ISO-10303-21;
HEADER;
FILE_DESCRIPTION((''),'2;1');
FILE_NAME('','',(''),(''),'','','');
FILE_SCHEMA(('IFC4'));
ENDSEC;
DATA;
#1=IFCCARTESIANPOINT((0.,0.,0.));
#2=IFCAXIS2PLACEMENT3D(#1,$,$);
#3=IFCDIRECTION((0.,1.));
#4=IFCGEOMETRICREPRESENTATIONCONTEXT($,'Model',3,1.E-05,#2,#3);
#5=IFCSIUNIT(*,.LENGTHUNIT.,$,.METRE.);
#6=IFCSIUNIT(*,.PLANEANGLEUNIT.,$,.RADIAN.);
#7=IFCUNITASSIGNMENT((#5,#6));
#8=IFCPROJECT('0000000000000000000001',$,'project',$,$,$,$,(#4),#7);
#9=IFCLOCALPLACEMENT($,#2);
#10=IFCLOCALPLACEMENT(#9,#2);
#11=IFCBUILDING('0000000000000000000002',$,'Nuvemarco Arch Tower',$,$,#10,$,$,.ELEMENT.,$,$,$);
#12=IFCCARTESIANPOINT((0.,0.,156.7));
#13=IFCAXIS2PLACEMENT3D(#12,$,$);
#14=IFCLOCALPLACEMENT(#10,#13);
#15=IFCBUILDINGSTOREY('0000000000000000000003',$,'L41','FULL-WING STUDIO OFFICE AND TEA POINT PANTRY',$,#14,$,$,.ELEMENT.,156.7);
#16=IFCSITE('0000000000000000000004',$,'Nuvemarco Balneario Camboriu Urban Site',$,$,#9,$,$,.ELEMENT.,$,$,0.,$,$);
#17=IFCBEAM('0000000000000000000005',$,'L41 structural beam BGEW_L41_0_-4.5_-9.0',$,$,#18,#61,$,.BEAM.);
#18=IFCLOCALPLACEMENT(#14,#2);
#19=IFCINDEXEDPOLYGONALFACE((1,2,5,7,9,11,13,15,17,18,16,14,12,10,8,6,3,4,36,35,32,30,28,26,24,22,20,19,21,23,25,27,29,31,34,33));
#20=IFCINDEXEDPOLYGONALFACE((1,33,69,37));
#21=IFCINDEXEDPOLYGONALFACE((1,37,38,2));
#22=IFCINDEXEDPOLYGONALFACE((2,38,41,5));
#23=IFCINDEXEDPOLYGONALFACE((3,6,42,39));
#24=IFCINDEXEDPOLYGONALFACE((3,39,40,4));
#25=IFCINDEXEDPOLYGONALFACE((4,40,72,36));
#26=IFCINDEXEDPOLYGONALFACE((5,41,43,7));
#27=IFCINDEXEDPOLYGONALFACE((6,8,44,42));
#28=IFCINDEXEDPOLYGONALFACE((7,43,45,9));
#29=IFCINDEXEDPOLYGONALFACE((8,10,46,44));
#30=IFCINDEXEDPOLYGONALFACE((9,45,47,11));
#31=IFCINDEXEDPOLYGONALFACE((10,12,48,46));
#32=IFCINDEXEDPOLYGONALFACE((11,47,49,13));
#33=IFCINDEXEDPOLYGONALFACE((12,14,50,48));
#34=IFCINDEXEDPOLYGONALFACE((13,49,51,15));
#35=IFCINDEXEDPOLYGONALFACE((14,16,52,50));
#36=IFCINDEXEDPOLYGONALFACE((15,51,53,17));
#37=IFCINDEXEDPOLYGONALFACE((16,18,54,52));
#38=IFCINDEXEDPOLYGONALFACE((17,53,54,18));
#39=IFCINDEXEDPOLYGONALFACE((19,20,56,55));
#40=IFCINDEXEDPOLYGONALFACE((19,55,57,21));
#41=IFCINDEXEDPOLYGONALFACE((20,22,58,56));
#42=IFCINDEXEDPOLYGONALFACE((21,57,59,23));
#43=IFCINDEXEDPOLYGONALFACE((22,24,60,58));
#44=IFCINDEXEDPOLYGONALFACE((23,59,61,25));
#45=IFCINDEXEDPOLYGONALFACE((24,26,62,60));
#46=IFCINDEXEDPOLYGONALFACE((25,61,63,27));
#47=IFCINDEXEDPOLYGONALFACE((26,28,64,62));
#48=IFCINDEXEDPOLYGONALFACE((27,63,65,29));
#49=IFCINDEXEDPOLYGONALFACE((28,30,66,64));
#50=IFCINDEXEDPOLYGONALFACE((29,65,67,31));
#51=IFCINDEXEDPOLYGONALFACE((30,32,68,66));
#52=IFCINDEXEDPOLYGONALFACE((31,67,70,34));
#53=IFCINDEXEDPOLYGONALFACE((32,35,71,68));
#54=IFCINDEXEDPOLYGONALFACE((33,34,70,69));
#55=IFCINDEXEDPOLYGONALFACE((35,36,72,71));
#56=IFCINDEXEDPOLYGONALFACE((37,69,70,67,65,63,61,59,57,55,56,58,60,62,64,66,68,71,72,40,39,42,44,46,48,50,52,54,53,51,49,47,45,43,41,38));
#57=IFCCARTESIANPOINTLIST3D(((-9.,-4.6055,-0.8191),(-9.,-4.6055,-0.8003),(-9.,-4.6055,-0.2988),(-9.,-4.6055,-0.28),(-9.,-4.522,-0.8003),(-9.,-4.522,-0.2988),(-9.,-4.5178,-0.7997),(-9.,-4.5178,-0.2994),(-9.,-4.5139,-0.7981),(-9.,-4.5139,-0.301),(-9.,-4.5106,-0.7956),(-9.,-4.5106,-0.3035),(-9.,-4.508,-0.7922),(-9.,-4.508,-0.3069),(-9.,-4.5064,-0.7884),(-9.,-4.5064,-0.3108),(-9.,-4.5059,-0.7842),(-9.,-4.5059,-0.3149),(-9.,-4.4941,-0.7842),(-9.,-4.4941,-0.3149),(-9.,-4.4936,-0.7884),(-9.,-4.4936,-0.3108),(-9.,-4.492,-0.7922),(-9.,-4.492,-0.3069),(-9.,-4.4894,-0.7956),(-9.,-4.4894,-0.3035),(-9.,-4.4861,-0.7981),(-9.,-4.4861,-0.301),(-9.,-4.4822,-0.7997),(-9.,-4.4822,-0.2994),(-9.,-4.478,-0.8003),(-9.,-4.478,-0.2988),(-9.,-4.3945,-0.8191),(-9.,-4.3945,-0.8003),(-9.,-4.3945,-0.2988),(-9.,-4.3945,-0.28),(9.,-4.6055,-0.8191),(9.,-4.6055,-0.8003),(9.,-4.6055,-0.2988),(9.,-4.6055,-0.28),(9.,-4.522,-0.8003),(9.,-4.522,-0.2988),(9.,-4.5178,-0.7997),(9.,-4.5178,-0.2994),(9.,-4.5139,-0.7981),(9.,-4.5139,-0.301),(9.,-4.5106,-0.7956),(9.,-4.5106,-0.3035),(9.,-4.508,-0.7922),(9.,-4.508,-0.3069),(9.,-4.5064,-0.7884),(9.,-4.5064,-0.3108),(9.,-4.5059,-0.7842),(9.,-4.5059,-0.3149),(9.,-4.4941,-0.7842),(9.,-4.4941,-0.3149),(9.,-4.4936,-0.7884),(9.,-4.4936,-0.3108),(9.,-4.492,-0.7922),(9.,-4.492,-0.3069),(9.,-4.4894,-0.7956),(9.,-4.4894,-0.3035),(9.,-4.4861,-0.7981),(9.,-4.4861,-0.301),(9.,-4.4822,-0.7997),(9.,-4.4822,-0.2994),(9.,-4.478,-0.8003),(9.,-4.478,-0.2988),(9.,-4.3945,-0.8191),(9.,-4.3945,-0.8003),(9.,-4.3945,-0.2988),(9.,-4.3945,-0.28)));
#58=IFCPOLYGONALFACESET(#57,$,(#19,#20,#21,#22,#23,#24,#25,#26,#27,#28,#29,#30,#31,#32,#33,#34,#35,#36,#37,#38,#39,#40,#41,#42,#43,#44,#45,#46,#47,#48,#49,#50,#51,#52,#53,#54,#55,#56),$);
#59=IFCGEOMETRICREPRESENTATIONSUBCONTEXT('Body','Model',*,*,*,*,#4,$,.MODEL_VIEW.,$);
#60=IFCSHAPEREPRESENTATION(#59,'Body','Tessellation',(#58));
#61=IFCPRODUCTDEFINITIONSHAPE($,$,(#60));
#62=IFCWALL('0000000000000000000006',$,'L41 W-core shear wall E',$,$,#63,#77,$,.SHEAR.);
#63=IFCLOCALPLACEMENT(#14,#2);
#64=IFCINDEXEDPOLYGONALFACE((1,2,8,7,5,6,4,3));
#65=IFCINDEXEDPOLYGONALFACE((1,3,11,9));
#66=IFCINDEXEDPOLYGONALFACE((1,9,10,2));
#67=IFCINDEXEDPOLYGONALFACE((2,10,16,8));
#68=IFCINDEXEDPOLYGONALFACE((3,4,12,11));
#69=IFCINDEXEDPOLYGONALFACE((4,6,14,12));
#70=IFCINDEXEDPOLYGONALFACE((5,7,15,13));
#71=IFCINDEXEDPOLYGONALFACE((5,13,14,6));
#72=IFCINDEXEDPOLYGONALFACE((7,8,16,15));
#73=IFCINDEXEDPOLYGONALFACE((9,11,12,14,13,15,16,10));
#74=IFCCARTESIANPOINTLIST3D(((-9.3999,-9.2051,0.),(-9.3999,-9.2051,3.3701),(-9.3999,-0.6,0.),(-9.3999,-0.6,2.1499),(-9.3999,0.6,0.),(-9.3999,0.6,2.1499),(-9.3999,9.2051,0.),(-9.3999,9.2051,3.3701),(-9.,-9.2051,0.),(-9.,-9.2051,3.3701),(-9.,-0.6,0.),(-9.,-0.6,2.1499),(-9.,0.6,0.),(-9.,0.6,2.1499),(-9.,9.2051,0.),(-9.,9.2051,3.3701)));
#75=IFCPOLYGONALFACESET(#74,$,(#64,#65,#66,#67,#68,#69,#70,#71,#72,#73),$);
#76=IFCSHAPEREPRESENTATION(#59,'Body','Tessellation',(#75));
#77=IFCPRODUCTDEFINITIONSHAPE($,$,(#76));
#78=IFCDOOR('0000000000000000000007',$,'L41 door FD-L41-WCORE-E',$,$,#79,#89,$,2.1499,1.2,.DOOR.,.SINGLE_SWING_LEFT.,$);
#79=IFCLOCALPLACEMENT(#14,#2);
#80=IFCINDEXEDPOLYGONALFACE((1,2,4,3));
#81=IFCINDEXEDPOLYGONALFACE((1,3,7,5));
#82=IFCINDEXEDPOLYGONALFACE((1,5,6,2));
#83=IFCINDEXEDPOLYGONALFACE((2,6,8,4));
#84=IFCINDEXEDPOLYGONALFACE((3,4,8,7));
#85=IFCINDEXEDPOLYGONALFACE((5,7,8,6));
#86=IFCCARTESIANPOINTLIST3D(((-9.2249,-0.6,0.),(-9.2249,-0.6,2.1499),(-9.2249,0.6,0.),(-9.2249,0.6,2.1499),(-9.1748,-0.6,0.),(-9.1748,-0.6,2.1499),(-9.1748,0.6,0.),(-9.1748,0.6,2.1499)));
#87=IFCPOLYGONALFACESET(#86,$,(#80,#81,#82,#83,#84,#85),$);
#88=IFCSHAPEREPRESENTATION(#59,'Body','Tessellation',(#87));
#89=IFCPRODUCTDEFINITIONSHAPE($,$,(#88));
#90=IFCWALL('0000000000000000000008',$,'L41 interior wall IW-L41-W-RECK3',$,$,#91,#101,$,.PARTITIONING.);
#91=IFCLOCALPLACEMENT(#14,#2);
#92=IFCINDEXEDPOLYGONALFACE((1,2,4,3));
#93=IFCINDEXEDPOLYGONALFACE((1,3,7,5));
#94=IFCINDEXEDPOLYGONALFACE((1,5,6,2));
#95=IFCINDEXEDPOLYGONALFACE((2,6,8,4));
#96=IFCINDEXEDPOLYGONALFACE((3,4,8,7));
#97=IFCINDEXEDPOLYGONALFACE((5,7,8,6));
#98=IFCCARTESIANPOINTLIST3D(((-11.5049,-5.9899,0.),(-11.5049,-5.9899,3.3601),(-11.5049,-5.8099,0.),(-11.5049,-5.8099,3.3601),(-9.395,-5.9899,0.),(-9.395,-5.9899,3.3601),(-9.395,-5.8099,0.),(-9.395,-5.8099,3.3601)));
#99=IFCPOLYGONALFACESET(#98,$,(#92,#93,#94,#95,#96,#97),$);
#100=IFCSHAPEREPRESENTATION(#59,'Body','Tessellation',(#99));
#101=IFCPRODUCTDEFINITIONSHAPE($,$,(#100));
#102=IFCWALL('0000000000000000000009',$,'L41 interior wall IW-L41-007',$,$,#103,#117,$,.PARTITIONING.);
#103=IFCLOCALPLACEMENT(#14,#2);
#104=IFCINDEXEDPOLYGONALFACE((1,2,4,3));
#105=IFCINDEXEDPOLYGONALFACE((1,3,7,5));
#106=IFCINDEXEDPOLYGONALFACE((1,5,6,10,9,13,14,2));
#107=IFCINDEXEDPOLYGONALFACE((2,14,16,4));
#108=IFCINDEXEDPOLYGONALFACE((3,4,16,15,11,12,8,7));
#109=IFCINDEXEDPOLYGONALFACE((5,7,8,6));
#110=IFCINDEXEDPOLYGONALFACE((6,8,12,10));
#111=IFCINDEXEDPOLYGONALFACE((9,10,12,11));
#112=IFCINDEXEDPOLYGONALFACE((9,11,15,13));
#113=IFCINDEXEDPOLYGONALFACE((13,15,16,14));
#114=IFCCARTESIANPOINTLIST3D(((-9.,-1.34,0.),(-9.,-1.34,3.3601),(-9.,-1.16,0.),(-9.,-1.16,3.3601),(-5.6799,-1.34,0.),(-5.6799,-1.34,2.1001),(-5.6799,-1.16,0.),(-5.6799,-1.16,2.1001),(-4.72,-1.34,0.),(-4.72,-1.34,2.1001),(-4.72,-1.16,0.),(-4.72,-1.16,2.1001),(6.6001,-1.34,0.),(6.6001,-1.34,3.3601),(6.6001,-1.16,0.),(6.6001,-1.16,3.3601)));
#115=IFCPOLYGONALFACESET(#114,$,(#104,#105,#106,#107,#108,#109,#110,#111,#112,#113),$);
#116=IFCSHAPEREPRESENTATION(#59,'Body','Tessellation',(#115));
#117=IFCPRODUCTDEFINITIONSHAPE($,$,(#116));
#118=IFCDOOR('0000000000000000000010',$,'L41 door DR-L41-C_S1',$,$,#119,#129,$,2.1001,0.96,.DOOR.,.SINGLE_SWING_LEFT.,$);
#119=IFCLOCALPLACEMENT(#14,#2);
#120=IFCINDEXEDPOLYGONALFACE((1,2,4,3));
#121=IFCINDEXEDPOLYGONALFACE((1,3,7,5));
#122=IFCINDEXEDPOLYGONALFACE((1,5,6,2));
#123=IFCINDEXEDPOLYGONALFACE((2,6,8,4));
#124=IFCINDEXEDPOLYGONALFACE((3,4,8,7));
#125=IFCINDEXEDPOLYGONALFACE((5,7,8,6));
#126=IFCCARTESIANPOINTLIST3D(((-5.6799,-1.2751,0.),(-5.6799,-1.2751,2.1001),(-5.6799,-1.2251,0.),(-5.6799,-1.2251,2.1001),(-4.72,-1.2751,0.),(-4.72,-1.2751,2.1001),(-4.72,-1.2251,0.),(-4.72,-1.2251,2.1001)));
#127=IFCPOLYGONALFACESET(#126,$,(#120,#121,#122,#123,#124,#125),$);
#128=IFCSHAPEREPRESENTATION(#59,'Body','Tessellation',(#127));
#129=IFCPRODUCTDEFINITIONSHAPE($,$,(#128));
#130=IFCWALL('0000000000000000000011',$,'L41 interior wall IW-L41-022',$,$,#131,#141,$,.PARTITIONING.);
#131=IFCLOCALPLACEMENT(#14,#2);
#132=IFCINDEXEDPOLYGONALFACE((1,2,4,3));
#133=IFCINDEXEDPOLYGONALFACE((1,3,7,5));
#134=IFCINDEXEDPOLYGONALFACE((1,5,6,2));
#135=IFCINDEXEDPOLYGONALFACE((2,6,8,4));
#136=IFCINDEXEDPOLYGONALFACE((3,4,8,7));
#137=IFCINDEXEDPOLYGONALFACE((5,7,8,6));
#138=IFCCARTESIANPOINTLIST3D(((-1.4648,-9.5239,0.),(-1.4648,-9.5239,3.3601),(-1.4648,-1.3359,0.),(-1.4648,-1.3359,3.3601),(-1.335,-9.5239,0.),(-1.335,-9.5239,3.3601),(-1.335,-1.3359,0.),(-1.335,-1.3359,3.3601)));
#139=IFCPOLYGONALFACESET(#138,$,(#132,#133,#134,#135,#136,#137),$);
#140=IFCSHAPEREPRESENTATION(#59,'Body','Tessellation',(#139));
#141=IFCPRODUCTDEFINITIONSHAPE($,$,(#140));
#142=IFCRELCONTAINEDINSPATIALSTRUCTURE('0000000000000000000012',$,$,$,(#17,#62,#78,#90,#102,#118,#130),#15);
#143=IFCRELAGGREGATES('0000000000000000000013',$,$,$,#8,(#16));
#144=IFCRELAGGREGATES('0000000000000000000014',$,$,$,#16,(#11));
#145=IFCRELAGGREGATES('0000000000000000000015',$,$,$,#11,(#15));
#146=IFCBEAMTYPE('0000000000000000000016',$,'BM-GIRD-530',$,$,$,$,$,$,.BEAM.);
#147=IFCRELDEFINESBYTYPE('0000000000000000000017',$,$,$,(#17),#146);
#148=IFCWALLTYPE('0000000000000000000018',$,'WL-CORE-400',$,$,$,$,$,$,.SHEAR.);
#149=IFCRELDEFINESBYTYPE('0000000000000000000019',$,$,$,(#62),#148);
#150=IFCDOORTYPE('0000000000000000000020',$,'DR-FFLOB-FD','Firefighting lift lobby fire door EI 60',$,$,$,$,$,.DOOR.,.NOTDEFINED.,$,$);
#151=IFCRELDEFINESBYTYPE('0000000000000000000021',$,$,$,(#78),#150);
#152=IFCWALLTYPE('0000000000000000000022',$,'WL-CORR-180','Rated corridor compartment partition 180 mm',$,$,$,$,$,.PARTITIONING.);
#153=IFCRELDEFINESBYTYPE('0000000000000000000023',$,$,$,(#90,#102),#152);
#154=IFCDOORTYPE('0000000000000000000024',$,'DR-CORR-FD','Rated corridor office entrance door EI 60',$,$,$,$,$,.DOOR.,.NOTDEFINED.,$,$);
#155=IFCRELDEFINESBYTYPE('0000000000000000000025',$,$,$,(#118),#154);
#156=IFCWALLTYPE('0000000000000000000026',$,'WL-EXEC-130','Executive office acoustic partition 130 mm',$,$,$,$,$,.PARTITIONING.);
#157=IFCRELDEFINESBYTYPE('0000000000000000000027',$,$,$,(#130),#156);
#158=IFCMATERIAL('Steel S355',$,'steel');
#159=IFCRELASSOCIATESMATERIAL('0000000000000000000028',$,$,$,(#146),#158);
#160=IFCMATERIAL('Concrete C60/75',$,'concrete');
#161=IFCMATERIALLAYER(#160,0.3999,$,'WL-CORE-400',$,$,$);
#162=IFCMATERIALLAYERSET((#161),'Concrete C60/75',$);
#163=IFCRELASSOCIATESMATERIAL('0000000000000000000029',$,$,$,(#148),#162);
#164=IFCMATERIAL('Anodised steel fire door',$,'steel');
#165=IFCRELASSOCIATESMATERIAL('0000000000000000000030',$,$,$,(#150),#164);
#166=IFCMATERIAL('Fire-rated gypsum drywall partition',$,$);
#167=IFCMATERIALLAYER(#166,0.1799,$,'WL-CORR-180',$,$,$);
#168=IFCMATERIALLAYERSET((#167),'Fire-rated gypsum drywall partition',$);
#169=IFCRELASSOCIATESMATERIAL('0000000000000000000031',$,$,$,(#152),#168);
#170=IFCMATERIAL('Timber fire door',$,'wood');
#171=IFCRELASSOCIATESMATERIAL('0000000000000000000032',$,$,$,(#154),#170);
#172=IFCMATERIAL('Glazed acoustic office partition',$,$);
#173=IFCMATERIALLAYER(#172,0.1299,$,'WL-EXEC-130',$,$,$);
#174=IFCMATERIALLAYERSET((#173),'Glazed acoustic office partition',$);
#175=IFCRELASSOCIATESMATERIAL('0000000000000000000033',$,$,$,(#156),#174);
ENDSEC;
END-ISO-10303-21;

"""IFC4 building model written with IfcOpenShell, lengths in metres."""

from ifc_helpers import new_model, si_unit, direction, frame, frame_2d, origin, origin_2d, place, context, subcontext, project, spatial, rectangle, i_section, extrude, source, transform, mapped, material, layer, layer_set, material_profile, profile_set, type_object, type_shapes, element, fill, save


model = new_model("IFC4")

# Units and contexts
model_context = context("Model", 3, precision=1e-05, world=origin(), true_north=direction((0.0, 1.0)))
body_context = subcontext(model_context, "Body", "Model", "MODEL_VIEW")
ifc_project = project(units=[si_unit("LENGTHUNIT", "METRE"), si_unit("PLANEANGLEUNIT", "RADIAN")], contexts=[model_context])

# Site, building, storey
site_placement = place(None, origin())
site = spatial("IfcSite", under=ifc_project, at=site_placement, Name="Nuvemarco Balneario Camboriu Urban Site", CompositionType="ELEMENT", RefElevation=0.0)
building_placement = place(site_placement, origin())
building = spatial("IfcBuilding", under=site, at=building_placement, Name="Nuvemarco Arch Tower", CompositionType="ELEMENT")
storey_placement = place(building_placement, frame((0.0, 0.0, 156.7)))
storey = spatial("IfcBuildingStorey", under=building, at=storey_placement, Name="L41", Description="FULL-WING STUDIO OFFICE AND TEA POINT PANTRY", CompositionType="ELEMENT", Elevation=156.7)

# Shared definitions
ifc_material_1 = material(Name="Steel S355", Category="steel")

# Beam
ifc_material_2 = material(Name="Concrete C60/75", Category="concrete")
ifc_material_profile_1 = material_profile(ifc_material_1, i_section(OverallWidth=0.2109, OverallDepth=0.5391, WebThickness=0.0117, FlangeThickness=0.0188, FilletRadius=0.0161, at=origin_2d()), Name="W530x109")
ifc_profile_set_1 = profile_set([ifc_material_profile_1], Name="Steel S355")
beam_type_1 = type_object("IfcBeamType", Name="BM-GIRD-530", PredefinedType="BEAM", material=ifc_profile_set_1)
beam_1_placement = place(storey_placement, frame((-9.0, -4.5, -0.5496), z_axis=(1.0, 0.0, 0.0), x_axis=(0.0, 1.0, 0.0)))
element("IfcBeam", 1, at=beam_1_placement, inside=storey, type_object=beam_type_1, Name="L41 structural beam BGEW_L41_0_-4.5_-9.0", PredefinedType="BEAM", context=body_context, shape_type="SweptSolid", body=[
    extrude(i_section(OverallWidth=0.2109, OverallDepth=0.5391, WebThickness=0.0117, FlangeThickness=0.0188, FilletRadius=0.0161, at=origin_2d()), origin(), (0.0, 0.0, 1.0), 18.0),
])

# Wall, opening, door
ifc_layer_1 = layer(ifc_material_2, 0.3999, Name="WL-CORE-400")
ifc_layer_set_1 = layer_set([ifc_layer_1], Name="Concrete C60/75")
wall_type_1 = type_object("IfcWallType", Name="WL-CORE-400", PredefinedType="SHEAR", material=ifc_layer_set_1)
wall_1_placement = place(storey_placement, frame((-9.2, -9.2051, 0.0), z_axis=(0.0, 0.0, 1.0), x_axis=(0.0, 1.0, 0.0)))
wall_1 = element("IfcWall", 2, at=wall_1_placement, inside=storey, type_object=wall_type_1, Name="L41 W-core shear wall E", PredefinedType="SHEAR", context=body_context, shape_type="SweptSolid", body=[
    extrude(rectangle(XDim=18.4102, YDim=0.3999, at=frame_2d((9.2051, 0.0))), origin(), (0.0, 0.0, 1.0), 3.3701),
])
opening_1_placement = place(wall_1_placement, frame((8.605, 0.0, 0.0)))
opening_1 = element("IfcOpeningElement", 3, at=opening_1_placement, cuts=wall_1, PredefinedType="OPENING", context=body_context, shape_type="SweptSolid", body=[
    extrude(rectangle(XDim=1.2, YDim=2.1499, at=frame_2d((0.6001, 1.075))), frame((0.0, 0.21, 0.0), z_axis=(0.0, -1.0, 0.0), x_axis=(1.0, 0.0, 0.0)), (0.0, 0.0, 1.0), 0.4199),
])
ifc_material_3 = material(Name="Anodised steel fire door", Category="steel")
door_type_1 = type_object("IfcDoorType", Name="DR-FFLOB-FD", Description="Firefighting lift lobby fire door EI 60", OperationType="NOTDEFINED", PredefinedType="DOOR", material=ifc_material_3)
shared_shape_1 = source(origin(), body_context, "Body", "SweptSolid", [
    extrude(rectangle(XDim=1.2, YDim=2.1499, at=frame_2d((0.6001, 1.075))), frame((0.0, 0.0249, 0.0), z_axis=(0.0, -1.0, 0.0), x_axis=(1.0, 0.0, 0.0)), (0.0, 0.0, 1.0), 0.05),
])
type_shapes(door_type_1, [shared_shape_1])
door_1_placement = place(opening_1_placement, origin())
door_1 = element("IfcDoor", 4, at=door_1_placement, inside=storey, type_object=door_type_1, Name="L41 door FD-L41-WCORE-E", OperationType="SINGLE_SWING_LEFT", OverallHeight=2.1499, OverallWidth=1.2, PredefinedType="DOOR", context=body_context, shape_type="MappedRepresentation", body=[
    mapped(shared_shape_1, transform((0.0, 0.0, 0.0), scale=1.0)),
])
fill(opening_1, door_1)

# Wall
ifc_material_4 = material(Name="Fire-rated gypsum drywall partition")
ifc_layer_2 = layer(ifc_material_4, 0.1799, Name="WL-CORR-180")
ifc_layer_set_2 = layer_set([ifc_layer_2], Name="Fire-rated gypsum drywall partition")
wall_type_2 = type_object("IfcWallType", Name="WL-CORR-180", Description="Rated corridor compartment partition 180 mm", PredefinedType="PARTITIONING", material=ifc_layer_set_2)
wall_2_placement = place(storey_placement, frame((-11.5049, -5.8999, 0.0), z_axis=(0.0, 0.0, 1.0), x_axis=(1.0, 0.0, 0.0)))
element("IfcWall", 5, at=wall_2_placement, inside=storey, type_object=wall_type_2, Name="L41 interior wall IW-L41-W-RECK3", PredefinedType="PARTITIONING", context=body_context, shape_type="SweptSolid", body=[
    extrude(rectangle(XDim=2.1099, YDim=0.1799, at=frame_2d((1.0549, 0.0))), origin(), (0.0, 0.0, 1.0), 3.3601),
])

# Wall, opening, door
wall_3_placement = place(storey_placement, frame((-9.0, -1.25, 0.0), z_axis=(0.0, 0.0, 1.0), x_axis=(1.0, 0.0, 0.0)))
wall_3 = element("IfcWall", 6, at=wall_3_placement, inside=storey, type_object=wall_type_2, Name="L41 interior wall IW-L41-007", PredefinedType="PARTITIONING", context=body_context, shape_type="SweptSolid", body=[
    extrude(rectangle(XDim=15.6001, YDim=0.1799, at=frame_2d((7.8, 0.0))), origin(), (0.0, 0.0, 1.0), 3.3601),
])
opening_2_placement = place(wall_3_placement, frame((3.3201, 0.0, 0.0)))
opening_2 = element("IfcOpeningElement", 7, at=opening_2_placement, cuts=wall_3, PredefinedType="OPENING", context=body_context, shape_type="SweptSolid", body=[
    extrude(rectangle(XDim=0.96, YDim=2.1001, at=frame_2d((0.48, 1.05))), frame((0.0, 0.0999, 0.0), z_axis=(0.0, -1.0, 0.0), x_axis=(1.0, 0.0, 0.0)), (0.0, 0.0, 1.0), 0.2),
])
ifc_material_5 = material(Name="Timber fire door", Category="wood")
door_type_2 = type_object("IfcDoorType", Name="DR-CORR-FD", Description="Rated corridor office entrance door EI 60", OperationType="NOTDEFINED", PredefinedType="DOOR", material=ifc_material_5)
shared_shape_2 = source(origin(), body_context, "Body", "SweptSolid", [
    extrude(rectangle(XDim=0.96, YDim=2.1001, at=frame_2d((0.48, 1.05))), frame((0.0, 0.0249, 0.0), z_axis=(0.0, -1.0, 0.0), x_axis=(1.0, 0.0, 0.0)), (0.0, 0.0, 1.0), 0.05),
])
type_shapes(door_type_2, [shared_shape_2])
door_2_placement = place(opening_2_placement, origin())
door_2 = element("IfcDoor", 8, at=door_2_placement, inside=storey, type_object=door_type_2, Name="L41 door DR-L41-C_S1", OperationType="SINGLE_SWING_LEFT", OverallHeight=2.1001, OverallWidth=0.96, PredefinedType="DOOR", context=body_context, shape_type="MappedRepresentation", body=[
    mapped(shared_shape_2, transform((0.0, 0.0, 0.0), scale=1.0)),
])
fill(opening_2, door_2)

# Wall
ifc_material_6 = material(Name="Glazed acoustic office partition")
ifc_layer_3 = layer(ifc_material_6, 0.1299, Name="WL-EXEC-130")
ifc_layer_set_3 = layer_set([ifc_layer_3], Name="Glazed acoustic office partition")
wall_type_3 = type_object("IfcWallType", Name="WL-EXEC-130", Description="Executive office acoustic partition 130 mm", PredefinedType="PARTITIONING", material=ifc_layer_set_3)
wall_4_placement = place(storey_placement, frame((-1.3999, -9.5239, 0.0), z_axis=(0.0, 0.0, 1.0), x_axis=(0.0, 1.0, 0.0)))
element("IfcWall", 9, at=wall_4_placement, inside=storey, type_object=wall_type_3, Name="L41 interior wall IW-L41-022", PredefinedType="PARTITIONING", context=body_context, shape_type="SweptSolid", body=[
    extrude(rectangle(XDim=8.188, YDim=0.1299, at=frame_2d((4.094, 0.0))), origin(), (0.0, 0.0, 1.0), 3.3601),
])

save(model, "model.ifc")
